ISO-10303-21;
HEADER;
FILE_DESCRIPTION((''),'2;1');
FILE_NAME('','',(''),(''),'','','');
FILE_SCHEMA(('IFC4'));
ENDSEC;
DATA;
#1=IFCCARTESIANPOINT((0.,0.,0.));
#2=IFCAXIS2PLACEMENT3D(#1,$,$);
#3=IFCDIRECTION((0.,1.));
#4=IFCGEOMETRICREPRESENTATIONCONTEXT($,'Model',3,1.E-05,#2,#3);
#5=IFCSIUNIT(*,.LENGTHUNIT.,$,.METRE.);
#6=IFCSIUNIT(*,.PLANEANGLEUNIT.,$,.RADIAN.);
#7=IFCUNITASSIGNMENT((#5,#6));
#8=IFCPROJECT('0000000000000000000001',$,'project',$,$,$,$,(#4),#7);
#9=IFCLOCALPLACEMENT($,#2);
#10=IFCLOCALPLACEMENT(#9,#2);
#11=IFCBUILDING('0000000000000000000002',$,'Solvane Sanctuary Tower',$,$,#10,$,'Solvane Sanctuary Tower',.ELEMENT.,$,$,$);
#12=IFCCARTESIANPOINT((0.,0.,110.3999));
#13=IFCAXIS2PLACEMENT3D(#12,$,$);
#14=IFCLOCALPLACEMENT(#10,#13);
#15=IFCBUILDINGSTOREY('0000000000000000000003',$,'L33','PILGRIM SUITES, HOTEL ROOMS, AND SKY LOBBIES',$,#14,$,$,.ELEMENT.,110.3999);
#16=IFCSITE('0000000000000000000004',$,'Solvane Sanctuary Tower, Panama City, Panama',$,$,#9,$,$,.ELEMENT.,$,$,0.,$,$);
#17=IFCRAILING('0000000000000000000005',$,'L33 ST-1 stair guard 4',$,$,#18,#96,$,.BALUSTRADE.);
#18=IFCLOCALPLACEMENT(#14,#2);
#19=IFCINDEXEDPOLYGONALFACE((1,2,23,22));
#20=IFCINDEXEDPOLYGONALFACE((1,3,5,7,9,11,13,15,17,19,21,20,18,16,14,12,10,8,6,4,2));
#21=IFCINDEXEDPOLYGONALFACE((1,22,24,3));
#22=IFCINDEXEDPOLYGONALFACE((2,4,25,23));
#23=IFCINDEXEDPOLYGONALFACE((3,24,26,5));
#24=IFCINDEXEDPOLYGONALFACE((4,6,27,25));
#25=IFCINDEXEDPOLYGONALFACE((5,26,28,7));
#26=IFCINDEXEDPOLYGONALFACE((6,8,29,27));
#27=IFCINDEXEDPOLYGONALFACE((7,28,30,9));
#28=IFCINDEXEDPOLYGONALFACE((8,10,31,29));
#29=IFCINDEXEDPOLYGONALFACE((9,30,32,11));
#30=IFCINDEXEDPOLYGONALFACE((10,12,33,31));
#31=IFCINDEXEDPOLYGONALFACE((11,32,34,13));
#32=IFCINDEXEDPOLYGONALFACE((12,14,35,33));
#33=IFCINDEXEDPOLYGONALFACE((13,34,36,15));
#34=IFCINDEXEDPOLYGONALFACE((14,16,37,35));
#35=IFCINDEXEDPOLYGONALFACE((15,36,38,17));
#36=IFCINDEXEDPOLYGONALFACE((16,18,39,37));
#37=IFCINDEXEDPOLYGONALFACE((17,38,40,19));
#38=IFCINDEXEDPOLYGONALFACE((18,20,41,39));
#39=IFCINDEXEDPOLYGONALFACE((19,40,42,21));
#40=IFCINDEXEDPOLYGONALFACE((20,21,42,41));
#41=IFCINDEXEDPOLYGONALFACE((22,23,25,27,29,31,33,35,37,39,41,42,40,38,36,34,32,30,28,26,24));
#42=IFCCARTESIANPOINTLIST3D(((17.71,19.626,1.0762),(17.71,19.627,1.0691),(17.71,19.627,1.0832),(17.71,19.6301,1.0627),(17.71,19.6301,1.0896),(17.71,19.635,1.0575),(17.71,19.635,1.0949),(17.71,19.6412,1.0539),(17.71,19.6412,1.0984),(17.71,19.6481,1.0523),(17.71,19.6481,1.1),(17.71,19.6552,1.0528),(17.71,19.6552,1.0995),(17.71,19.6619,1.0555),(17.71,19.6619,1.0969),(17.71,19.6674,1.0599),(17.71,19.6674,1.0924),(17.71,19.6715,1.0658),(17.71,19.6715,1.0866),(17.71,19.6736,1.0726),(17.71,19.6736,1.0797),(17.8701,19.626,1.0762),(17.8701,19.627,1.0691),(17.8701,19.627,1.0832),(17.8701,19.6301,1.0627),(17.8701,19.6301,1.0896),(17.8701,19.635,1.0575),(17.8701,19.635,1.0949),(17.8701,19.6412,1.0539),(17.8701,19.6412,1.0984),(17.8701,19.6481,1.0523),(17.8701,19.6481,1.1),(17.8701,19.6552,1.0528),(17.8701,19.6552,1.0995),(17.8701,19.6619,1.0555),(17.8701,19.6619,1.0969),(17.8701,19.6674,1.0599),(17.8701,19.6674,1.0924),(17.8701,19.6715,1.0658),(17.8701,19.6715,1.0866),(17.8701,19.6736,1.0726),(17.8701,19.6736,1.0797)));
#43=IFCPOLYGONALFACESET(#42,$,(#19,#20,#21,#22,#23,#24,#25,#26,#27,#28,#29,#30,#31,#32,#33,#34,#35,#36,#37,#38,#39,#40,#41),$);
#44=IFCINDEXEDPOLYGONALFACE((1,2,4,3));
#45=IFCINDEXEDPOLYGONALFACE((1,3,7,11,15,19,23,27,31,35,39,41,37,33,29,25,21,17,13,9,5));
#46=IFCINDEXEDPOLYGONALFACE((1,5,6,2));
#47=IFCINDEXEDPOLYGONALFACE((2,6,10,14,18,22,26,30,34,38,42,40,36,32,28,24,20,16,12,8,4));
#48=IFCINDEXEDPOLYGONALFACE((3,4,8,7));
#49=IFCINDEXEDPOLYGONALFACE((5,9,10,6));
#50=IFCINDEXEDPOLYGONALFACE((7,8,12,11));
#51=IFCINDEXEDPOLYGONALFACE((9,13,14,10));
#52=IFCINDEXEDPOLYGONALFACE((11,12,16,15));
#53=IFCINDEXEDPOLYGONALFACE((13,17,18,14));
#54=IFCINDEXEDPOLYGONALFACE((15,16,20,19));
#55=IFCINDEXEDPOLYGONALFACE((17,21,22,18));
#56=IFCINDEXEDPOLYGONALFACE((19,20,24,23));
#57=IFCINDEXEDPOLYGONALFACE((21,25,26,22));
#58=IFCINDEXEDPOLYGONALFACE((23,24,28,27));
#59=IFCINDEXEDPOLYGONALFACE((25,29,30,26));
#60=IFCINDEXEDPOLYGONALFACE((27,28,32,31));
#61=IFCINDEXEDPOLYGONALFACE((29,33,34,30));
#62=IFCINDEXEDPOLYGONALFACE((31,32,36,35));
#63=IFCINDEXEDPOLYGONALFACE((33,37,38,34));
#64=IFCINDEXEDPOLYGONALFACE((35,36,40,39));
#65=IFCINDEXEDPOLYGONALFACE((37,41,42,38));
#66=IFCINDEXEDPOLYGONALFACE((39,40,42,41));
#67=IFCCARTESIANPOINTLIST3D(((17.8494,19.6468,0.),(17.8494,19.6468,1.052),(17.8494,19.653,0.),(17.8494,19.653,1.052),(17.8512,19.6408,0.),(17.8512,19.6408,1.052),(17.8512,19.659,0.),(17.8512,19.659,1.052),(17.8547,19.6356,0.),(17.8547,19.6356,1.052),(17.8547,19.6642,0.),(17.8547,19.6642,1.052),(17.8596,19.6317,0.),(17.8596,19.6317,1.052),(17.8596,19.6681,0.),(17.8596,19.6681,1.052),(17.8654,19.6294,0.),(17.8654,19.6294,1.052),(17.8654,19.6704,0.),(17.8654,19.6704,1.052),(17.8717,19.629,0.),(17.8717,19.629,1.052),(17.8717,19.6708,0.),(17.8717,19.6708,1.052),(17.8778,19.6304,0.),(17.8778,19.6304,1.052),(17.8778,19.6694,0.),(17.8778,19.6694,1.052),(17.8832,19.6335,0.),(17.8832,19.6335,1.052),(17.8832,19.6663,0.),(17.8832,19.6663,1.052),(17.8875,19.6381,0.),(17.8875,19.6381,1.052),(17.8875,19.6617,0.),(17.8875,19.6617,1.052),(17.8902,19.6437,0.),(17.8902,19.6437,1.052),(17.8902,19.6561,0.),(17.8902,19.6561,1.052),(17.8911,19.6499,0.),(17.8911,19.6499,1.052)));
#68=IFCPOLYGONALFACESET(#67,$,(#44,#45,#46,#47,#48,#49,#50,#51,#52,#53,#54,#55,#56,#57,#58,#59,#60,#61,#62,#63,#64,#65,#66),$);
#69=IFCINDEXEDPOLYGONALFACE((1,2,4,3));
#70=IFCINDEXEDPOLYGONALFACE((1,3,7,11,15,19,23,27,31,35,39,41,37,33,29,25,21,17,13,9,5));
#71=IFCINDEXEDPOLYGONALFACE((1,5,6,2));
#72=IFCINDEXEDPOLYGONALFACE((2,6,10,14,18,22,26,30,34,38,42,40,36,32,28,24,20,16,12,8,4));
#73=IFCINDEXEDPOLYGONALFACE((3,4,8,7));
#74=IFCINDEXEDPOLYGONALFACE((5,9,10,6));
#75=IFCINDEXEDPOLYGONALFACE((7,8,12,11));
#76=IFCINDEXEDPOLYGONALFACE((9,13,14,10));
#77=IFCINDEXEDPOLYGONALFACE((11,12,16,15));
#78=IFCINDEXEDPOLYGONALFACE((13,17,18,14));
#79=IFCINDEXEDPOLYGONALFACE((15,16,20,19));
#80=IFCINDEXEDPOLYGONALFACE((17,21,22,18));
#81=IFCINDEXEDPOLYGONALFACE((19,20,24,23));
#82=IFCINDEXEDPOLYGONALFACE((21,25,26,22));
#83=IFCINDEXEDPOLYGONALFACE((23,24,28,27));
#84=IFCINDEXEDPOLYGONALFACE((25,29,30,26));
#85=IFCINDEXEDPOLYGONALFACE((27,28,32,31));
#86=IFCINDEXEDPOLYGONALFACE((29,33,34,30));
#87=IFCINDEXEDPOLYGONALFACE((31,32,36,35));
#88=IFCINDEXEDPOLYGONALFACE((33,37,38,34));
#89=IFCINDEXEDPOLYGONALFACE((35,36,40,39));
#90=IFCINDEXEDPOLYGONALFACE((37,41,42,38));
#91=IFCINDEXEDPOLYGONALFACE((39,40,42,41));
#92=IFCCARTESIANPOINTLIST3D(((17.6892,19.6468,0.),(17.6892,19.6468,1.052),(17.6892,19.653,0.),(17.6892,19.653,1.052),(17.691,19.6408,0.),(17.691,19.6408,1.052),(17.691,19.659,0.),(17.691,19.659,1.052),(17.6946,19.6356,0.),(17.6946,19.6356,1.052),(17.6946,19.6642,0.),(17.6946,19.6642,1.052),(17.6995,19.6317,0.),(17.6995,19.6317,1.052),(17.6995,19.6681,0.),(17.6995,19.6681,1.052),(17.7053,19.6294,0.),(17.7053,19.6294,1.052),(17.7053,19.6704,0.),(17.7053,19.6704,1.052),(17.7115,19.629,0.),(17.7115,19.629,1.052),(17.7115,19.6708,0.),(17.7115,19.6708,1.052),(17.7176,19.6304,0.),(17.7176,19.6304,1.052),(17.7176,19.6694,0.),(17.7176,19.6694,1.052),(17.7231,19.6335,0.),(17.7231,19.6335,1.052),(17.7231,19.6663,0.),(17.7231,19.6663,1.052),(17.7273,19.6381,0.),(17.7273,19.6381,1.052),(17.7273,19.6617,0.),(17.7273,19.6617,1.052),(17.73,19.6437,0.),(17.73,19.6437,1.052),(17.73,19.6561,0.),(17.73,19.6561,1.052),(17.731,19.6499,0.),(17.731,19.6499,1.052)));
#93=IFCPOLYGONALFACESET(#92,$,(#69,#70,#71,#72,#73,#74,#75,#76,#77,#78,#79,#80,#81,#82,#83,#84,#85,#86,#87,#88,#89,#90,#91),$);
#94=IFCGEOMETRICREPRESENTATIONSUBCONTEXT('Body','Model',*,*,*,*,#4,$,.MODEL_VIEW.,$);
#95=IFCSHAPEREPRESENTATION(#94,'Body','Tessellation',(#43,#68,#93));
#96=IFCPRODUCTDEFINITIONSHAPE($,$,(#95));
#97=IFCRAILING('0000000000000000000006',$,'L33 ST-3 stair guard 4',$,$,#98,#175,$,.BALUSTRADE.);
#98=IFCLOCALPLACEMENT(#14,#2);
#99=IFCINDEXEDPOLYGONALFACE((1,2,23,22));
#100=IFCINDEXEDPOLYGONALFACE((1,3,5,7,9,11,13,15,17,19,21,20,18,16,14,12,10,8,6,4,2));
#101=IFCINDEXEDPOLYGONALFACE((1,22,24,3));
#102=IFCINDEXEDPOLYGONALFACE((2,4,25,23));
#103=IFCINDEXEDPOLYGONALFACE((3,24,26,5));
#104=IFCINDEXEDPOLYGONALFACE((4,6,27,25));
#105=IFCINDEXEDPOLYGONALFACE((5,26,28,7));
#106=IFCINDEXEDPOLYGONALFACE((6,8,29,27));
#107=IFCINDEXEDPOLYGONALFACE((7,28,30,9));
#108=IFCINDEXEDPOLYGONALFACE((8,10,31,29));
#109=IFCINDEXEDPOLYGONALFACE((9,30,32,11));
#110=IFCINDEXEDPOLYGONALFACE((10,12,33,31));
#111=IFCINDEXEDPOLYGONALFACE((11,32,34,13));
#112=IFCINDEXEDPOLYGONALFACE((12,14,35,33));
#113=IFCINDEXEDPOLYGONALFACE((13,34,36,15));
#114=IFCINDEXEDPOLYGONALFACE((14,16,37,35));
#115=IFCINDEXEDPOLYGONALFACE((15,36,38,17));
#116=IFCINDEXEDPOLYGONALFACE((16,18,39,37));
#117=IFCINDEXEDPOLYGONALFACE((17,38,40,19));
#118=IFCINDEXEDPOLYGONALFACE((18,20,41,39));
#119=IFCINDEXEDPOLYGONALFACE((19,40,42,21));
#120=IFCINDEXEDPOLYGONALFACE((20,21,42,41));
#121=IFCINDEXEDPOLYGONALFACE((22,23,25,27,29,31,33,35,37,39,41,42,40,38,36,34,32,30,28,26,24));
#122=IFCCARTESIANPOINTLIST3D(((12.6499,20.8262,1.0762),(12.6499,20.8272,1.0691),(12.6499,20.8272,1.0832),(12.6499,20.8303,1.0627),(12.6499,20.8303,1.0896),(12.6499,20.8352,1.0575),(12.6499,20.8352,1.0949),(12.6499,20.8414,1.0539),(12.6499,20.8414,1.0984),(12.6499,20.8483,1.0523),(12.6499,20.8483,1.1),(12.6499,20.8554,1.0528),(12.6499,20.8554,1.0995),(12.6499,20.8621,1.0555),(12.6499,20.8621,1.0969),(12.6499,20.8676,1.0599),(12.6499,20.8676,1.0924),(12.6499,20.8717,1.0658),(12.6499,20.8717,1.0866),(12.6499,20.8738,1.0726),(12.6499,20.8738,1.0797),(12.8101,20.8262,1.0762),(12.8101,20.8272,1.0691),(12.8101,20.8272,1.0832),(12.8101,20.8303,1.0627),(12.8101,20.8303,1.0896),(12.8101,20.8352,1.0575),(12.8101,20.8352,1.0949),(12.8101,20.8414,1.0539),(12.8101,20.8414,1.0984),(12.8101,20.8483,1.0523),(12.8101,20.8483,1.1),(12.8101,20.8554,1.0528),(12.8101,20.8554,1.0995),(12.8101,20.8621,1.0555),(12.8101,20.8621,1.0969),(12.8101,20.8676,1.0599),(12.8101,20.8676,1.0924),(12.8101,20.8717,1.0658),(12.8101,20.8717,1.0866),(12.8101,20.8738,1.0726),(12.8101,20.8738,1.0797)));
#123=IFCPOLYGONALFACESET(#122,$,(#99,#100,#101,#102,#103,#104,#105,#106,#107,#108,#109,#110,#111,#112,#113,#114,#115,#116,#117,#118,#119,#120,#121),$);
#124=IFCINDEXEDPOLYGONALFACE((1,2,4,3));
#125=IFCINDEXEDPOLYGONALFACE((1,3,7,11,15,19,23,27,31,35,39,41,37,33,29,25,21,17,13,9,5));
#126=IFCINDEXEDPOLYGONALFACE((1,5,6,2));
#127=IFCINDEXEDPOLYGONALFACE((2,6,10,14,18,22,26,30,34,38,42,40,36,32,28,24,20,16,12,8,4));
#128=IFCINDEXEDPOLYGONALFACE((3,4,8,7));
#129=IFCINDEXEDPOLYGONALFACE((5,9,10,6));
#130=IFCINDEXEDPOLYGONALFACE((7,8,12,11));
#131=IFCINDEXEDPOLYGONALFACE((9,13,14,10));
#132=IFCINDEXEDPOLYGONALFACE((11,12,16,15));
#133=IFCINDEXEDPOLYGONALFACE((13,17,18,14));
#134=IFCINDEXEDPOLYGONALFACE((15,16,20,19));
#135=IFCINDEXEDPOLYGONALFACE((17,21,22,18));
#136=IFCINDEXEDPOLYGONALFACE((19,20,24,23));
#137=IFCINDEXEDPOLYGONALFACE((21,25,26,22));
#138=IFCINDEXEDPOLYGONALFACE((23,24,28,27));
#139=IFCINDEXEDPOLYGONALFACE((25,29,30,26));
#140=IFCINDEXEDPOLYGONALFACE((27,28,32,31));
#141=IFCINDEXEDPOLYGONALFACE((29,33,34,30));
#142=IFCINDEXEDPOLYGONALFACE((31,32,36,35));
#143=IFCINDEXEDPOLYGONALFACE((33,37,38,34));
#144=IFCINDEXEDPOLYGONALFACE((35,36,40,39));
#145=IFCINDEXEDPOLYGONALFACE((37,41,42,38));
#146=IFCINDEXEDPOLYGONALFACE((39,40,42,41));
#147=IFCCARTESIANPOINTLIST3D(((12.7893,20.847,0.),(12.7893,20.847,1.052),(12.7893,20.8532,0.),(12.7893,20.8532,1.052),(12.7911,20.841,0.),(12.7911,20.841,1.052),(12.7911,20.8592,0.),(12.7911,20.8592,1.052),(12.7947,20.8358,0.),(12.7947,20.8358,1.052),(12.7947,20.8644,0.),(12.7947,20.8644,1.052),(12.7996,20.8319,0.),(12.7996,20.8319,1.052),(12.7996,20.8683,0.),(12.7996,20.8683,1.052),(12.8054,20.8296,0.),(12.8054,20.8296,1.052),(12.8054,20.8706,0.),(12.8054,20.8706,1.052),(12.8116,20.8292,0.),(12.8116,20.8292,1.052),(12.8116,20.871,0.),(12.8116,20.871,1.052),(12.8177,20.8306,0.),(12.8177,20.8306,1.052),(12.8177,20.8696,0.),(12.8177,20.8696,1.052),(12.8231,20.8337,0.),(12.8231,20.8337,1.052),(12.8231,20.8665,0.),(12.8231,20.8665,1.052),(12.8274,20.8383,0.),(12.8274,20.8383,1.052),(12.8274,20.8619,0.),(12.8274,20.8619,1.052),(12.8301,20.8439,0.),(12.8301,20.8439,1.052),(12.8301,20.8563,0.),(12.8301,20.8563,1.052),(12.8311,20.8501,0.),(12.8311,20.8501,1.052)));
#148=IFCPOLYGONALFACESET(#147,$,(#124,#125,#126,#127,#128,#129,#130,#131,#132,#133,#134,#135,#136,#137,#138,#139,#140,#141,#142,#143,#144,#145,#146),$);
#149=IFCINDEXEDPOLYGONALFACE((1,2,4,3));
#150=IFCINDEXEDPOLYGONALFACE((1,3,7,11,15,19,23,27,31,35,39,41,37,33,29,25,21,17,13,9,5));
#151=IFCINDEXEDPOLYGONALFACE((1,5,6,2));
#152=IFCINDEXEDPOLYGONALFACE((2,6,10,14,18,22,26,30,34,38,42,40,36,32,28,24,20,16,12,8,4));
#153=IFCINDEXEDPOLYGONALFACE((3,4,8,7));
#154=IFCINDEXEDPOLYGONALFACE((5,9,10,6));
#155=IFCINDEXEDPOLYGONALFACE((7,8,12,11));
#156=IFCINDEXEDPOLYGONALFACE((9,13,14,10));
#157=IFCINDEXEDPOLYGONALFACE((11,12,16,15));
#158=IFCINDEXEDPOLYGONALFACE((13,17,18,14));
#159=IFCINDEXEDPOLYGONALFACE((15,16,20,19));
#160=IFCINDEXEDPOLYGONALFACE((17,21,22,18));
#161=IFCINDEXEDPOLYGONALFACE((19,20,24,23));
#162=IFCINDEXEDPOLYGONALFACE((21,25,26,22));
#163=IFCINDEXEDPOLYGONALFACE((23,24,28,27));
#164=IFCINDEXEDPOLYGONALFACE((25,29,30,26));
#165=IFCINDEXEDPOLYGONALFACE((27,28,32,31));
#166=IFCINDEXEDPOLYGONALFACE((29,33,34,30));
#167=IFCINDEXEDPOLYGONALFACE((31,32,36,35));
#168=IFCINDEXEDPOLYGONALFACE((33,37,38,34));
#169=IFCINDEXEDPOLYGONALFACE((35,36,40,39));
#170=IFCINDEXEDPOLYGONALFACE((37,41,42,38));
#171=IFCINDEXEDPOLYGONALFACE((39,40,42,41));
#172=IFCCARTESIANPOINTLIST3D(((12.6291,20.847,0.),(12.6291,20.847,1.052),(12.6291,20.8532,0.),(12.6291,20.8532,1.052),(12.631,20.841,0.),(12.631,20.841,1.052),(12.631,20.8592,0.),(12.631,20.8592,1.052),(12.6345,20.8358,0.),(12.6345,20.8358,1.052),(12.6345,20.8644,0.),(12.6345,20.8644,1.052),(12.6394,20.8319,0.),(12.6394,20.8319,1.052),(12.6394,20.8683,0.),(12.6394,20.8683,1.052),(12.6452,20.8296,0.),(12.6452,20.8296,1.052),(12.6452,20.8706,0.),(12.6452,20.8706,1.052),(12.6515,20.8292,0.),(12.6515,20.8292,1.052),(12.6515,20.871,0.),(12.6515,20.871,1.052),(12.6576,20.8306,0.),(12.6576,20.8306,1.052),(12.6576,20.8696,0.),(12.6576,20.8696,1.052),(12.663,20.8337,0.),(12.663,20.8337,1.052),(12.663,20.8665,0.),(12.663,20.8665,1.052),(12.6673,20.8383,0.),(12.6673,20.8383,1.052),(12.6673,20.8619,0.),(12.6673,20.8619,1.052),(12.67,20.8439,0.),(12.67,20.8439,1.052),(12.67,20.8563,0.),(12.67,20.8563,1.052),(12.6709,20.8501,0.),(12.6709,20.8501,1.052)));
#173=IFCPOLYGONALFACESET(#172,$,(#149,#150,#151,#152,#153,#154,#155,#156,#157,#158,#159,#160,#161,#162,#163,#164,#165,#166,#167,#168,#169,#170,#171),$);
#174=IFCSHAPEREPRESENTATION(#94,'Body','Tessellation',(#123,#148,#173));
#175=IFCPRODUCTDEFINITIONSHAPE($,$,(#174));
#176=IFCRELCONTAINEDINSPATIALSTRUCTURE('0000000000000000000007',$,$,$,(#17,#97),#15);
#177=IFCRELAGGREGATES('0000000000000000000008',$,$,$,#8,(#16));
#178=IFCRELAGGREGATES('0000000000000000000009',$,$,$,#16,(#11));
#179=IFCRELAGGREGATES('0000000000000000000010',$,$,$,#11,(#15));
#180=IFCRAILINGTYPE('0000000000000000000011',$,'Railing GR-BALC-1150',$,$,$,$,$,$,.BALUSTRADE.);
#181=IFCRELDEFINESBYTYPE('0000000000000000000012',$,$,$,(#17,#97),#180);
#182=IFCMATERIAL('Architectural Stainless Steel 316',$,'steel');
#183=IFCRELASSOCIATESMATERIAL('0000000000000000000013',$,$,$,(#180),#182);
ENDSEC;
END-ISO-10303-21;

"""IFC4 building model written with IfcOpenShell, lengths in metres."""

from ifc_helpers import new_model, si_unit, direction, frame, origin, origin_2d, place, context, subcontext, project, spatial, circle, extrude, material, type_object, element, save


model = new_model("IFC4")

# Units and contexts
model_context = context("Model", 3, precision=1e-05, world=origin(), true_north=direction((0.0, 1.0)))
body_context = subcontext(model_context, "Body", "Model", "MODEL_VIEW")
ifc_project = project(units=[si_unit("LENGTHUNIT", "METRE"), si_unit("PLANEANGLEUNIT", "RADIAN")], contexts=[model_context])

# Site, building, storey
site_placement = place(None, origin())
site = spatial("IfcSite", under=ifc_project, at=site_placement, Name="Solvane Sanctuary Tower, Panama City, Panama", CompositionType="ELEMENT", RefElevation=0.0)
building_placement = place(site_placement, origin())
building = spatial("IfcBuilding", under=site, at=building_placement, Name="Solvane Sanctuary Tower", LongName="Solvane Sanctuary Tower", CompositionType="ELEMENT")
storey_placement = place(building_placement, frame((0.0, 0.0, 110.3999)))
storey = spatial("IfcBuildingStorey", under=building, at=storey_placement, Name="L33", Description="PILGRIM SUITES, HOTEL ROOMS, AND SKY LOBBIES", CompositionType="ELEMENT", Elevation=110.3999)

# Shared definitions
ifc_material_1 = material(Name="Architectural Stainless Steel 316", Category="steel")

# Railings
railing_type_1 = type_object("IfcRailingType", Name="Railing GR-BALC-1150", PredefinedType="BALUSTRADE", material=ifc_material_1)
for number, where, name in (
    (1, (17.8701, 19.6499, 0.0), "L33 ST-1 stair guard 4"),
    (2, (12.8101, 20.8501, 0.0), "L33 ST-3 stair guard 4"),
):
    element("IfcRailing", number, at=place(storey_placement, frame(where)), inside=storey, type_object=railing_type_1, Name=name, PredefinedType="BALUSTRADE", context=body_context, shape_type="SweptSolid", body=[
        extrude(circle(Radius=0.0239, at=origin_2d()), frame((0.0, 0.0, 1.0762), z_axis=(-1.0, 0.0, 0.0), x_axis=(0.0, -1.0, 0.0)), (0.0, 0.0, 1.0), 0.1602),
        extrude(circle(Radius=0.021, at=origin_2d()), origin(), (0.0, 0.0, 1.0), 1.052),
        extrude(circle(Radius=0.021, at=origin_2d()), frame((-0.1602, 0.0, 0.0)), (0.0, 0.0, 1.0), 1.052),
    ])

save(model, "model.ifc")
